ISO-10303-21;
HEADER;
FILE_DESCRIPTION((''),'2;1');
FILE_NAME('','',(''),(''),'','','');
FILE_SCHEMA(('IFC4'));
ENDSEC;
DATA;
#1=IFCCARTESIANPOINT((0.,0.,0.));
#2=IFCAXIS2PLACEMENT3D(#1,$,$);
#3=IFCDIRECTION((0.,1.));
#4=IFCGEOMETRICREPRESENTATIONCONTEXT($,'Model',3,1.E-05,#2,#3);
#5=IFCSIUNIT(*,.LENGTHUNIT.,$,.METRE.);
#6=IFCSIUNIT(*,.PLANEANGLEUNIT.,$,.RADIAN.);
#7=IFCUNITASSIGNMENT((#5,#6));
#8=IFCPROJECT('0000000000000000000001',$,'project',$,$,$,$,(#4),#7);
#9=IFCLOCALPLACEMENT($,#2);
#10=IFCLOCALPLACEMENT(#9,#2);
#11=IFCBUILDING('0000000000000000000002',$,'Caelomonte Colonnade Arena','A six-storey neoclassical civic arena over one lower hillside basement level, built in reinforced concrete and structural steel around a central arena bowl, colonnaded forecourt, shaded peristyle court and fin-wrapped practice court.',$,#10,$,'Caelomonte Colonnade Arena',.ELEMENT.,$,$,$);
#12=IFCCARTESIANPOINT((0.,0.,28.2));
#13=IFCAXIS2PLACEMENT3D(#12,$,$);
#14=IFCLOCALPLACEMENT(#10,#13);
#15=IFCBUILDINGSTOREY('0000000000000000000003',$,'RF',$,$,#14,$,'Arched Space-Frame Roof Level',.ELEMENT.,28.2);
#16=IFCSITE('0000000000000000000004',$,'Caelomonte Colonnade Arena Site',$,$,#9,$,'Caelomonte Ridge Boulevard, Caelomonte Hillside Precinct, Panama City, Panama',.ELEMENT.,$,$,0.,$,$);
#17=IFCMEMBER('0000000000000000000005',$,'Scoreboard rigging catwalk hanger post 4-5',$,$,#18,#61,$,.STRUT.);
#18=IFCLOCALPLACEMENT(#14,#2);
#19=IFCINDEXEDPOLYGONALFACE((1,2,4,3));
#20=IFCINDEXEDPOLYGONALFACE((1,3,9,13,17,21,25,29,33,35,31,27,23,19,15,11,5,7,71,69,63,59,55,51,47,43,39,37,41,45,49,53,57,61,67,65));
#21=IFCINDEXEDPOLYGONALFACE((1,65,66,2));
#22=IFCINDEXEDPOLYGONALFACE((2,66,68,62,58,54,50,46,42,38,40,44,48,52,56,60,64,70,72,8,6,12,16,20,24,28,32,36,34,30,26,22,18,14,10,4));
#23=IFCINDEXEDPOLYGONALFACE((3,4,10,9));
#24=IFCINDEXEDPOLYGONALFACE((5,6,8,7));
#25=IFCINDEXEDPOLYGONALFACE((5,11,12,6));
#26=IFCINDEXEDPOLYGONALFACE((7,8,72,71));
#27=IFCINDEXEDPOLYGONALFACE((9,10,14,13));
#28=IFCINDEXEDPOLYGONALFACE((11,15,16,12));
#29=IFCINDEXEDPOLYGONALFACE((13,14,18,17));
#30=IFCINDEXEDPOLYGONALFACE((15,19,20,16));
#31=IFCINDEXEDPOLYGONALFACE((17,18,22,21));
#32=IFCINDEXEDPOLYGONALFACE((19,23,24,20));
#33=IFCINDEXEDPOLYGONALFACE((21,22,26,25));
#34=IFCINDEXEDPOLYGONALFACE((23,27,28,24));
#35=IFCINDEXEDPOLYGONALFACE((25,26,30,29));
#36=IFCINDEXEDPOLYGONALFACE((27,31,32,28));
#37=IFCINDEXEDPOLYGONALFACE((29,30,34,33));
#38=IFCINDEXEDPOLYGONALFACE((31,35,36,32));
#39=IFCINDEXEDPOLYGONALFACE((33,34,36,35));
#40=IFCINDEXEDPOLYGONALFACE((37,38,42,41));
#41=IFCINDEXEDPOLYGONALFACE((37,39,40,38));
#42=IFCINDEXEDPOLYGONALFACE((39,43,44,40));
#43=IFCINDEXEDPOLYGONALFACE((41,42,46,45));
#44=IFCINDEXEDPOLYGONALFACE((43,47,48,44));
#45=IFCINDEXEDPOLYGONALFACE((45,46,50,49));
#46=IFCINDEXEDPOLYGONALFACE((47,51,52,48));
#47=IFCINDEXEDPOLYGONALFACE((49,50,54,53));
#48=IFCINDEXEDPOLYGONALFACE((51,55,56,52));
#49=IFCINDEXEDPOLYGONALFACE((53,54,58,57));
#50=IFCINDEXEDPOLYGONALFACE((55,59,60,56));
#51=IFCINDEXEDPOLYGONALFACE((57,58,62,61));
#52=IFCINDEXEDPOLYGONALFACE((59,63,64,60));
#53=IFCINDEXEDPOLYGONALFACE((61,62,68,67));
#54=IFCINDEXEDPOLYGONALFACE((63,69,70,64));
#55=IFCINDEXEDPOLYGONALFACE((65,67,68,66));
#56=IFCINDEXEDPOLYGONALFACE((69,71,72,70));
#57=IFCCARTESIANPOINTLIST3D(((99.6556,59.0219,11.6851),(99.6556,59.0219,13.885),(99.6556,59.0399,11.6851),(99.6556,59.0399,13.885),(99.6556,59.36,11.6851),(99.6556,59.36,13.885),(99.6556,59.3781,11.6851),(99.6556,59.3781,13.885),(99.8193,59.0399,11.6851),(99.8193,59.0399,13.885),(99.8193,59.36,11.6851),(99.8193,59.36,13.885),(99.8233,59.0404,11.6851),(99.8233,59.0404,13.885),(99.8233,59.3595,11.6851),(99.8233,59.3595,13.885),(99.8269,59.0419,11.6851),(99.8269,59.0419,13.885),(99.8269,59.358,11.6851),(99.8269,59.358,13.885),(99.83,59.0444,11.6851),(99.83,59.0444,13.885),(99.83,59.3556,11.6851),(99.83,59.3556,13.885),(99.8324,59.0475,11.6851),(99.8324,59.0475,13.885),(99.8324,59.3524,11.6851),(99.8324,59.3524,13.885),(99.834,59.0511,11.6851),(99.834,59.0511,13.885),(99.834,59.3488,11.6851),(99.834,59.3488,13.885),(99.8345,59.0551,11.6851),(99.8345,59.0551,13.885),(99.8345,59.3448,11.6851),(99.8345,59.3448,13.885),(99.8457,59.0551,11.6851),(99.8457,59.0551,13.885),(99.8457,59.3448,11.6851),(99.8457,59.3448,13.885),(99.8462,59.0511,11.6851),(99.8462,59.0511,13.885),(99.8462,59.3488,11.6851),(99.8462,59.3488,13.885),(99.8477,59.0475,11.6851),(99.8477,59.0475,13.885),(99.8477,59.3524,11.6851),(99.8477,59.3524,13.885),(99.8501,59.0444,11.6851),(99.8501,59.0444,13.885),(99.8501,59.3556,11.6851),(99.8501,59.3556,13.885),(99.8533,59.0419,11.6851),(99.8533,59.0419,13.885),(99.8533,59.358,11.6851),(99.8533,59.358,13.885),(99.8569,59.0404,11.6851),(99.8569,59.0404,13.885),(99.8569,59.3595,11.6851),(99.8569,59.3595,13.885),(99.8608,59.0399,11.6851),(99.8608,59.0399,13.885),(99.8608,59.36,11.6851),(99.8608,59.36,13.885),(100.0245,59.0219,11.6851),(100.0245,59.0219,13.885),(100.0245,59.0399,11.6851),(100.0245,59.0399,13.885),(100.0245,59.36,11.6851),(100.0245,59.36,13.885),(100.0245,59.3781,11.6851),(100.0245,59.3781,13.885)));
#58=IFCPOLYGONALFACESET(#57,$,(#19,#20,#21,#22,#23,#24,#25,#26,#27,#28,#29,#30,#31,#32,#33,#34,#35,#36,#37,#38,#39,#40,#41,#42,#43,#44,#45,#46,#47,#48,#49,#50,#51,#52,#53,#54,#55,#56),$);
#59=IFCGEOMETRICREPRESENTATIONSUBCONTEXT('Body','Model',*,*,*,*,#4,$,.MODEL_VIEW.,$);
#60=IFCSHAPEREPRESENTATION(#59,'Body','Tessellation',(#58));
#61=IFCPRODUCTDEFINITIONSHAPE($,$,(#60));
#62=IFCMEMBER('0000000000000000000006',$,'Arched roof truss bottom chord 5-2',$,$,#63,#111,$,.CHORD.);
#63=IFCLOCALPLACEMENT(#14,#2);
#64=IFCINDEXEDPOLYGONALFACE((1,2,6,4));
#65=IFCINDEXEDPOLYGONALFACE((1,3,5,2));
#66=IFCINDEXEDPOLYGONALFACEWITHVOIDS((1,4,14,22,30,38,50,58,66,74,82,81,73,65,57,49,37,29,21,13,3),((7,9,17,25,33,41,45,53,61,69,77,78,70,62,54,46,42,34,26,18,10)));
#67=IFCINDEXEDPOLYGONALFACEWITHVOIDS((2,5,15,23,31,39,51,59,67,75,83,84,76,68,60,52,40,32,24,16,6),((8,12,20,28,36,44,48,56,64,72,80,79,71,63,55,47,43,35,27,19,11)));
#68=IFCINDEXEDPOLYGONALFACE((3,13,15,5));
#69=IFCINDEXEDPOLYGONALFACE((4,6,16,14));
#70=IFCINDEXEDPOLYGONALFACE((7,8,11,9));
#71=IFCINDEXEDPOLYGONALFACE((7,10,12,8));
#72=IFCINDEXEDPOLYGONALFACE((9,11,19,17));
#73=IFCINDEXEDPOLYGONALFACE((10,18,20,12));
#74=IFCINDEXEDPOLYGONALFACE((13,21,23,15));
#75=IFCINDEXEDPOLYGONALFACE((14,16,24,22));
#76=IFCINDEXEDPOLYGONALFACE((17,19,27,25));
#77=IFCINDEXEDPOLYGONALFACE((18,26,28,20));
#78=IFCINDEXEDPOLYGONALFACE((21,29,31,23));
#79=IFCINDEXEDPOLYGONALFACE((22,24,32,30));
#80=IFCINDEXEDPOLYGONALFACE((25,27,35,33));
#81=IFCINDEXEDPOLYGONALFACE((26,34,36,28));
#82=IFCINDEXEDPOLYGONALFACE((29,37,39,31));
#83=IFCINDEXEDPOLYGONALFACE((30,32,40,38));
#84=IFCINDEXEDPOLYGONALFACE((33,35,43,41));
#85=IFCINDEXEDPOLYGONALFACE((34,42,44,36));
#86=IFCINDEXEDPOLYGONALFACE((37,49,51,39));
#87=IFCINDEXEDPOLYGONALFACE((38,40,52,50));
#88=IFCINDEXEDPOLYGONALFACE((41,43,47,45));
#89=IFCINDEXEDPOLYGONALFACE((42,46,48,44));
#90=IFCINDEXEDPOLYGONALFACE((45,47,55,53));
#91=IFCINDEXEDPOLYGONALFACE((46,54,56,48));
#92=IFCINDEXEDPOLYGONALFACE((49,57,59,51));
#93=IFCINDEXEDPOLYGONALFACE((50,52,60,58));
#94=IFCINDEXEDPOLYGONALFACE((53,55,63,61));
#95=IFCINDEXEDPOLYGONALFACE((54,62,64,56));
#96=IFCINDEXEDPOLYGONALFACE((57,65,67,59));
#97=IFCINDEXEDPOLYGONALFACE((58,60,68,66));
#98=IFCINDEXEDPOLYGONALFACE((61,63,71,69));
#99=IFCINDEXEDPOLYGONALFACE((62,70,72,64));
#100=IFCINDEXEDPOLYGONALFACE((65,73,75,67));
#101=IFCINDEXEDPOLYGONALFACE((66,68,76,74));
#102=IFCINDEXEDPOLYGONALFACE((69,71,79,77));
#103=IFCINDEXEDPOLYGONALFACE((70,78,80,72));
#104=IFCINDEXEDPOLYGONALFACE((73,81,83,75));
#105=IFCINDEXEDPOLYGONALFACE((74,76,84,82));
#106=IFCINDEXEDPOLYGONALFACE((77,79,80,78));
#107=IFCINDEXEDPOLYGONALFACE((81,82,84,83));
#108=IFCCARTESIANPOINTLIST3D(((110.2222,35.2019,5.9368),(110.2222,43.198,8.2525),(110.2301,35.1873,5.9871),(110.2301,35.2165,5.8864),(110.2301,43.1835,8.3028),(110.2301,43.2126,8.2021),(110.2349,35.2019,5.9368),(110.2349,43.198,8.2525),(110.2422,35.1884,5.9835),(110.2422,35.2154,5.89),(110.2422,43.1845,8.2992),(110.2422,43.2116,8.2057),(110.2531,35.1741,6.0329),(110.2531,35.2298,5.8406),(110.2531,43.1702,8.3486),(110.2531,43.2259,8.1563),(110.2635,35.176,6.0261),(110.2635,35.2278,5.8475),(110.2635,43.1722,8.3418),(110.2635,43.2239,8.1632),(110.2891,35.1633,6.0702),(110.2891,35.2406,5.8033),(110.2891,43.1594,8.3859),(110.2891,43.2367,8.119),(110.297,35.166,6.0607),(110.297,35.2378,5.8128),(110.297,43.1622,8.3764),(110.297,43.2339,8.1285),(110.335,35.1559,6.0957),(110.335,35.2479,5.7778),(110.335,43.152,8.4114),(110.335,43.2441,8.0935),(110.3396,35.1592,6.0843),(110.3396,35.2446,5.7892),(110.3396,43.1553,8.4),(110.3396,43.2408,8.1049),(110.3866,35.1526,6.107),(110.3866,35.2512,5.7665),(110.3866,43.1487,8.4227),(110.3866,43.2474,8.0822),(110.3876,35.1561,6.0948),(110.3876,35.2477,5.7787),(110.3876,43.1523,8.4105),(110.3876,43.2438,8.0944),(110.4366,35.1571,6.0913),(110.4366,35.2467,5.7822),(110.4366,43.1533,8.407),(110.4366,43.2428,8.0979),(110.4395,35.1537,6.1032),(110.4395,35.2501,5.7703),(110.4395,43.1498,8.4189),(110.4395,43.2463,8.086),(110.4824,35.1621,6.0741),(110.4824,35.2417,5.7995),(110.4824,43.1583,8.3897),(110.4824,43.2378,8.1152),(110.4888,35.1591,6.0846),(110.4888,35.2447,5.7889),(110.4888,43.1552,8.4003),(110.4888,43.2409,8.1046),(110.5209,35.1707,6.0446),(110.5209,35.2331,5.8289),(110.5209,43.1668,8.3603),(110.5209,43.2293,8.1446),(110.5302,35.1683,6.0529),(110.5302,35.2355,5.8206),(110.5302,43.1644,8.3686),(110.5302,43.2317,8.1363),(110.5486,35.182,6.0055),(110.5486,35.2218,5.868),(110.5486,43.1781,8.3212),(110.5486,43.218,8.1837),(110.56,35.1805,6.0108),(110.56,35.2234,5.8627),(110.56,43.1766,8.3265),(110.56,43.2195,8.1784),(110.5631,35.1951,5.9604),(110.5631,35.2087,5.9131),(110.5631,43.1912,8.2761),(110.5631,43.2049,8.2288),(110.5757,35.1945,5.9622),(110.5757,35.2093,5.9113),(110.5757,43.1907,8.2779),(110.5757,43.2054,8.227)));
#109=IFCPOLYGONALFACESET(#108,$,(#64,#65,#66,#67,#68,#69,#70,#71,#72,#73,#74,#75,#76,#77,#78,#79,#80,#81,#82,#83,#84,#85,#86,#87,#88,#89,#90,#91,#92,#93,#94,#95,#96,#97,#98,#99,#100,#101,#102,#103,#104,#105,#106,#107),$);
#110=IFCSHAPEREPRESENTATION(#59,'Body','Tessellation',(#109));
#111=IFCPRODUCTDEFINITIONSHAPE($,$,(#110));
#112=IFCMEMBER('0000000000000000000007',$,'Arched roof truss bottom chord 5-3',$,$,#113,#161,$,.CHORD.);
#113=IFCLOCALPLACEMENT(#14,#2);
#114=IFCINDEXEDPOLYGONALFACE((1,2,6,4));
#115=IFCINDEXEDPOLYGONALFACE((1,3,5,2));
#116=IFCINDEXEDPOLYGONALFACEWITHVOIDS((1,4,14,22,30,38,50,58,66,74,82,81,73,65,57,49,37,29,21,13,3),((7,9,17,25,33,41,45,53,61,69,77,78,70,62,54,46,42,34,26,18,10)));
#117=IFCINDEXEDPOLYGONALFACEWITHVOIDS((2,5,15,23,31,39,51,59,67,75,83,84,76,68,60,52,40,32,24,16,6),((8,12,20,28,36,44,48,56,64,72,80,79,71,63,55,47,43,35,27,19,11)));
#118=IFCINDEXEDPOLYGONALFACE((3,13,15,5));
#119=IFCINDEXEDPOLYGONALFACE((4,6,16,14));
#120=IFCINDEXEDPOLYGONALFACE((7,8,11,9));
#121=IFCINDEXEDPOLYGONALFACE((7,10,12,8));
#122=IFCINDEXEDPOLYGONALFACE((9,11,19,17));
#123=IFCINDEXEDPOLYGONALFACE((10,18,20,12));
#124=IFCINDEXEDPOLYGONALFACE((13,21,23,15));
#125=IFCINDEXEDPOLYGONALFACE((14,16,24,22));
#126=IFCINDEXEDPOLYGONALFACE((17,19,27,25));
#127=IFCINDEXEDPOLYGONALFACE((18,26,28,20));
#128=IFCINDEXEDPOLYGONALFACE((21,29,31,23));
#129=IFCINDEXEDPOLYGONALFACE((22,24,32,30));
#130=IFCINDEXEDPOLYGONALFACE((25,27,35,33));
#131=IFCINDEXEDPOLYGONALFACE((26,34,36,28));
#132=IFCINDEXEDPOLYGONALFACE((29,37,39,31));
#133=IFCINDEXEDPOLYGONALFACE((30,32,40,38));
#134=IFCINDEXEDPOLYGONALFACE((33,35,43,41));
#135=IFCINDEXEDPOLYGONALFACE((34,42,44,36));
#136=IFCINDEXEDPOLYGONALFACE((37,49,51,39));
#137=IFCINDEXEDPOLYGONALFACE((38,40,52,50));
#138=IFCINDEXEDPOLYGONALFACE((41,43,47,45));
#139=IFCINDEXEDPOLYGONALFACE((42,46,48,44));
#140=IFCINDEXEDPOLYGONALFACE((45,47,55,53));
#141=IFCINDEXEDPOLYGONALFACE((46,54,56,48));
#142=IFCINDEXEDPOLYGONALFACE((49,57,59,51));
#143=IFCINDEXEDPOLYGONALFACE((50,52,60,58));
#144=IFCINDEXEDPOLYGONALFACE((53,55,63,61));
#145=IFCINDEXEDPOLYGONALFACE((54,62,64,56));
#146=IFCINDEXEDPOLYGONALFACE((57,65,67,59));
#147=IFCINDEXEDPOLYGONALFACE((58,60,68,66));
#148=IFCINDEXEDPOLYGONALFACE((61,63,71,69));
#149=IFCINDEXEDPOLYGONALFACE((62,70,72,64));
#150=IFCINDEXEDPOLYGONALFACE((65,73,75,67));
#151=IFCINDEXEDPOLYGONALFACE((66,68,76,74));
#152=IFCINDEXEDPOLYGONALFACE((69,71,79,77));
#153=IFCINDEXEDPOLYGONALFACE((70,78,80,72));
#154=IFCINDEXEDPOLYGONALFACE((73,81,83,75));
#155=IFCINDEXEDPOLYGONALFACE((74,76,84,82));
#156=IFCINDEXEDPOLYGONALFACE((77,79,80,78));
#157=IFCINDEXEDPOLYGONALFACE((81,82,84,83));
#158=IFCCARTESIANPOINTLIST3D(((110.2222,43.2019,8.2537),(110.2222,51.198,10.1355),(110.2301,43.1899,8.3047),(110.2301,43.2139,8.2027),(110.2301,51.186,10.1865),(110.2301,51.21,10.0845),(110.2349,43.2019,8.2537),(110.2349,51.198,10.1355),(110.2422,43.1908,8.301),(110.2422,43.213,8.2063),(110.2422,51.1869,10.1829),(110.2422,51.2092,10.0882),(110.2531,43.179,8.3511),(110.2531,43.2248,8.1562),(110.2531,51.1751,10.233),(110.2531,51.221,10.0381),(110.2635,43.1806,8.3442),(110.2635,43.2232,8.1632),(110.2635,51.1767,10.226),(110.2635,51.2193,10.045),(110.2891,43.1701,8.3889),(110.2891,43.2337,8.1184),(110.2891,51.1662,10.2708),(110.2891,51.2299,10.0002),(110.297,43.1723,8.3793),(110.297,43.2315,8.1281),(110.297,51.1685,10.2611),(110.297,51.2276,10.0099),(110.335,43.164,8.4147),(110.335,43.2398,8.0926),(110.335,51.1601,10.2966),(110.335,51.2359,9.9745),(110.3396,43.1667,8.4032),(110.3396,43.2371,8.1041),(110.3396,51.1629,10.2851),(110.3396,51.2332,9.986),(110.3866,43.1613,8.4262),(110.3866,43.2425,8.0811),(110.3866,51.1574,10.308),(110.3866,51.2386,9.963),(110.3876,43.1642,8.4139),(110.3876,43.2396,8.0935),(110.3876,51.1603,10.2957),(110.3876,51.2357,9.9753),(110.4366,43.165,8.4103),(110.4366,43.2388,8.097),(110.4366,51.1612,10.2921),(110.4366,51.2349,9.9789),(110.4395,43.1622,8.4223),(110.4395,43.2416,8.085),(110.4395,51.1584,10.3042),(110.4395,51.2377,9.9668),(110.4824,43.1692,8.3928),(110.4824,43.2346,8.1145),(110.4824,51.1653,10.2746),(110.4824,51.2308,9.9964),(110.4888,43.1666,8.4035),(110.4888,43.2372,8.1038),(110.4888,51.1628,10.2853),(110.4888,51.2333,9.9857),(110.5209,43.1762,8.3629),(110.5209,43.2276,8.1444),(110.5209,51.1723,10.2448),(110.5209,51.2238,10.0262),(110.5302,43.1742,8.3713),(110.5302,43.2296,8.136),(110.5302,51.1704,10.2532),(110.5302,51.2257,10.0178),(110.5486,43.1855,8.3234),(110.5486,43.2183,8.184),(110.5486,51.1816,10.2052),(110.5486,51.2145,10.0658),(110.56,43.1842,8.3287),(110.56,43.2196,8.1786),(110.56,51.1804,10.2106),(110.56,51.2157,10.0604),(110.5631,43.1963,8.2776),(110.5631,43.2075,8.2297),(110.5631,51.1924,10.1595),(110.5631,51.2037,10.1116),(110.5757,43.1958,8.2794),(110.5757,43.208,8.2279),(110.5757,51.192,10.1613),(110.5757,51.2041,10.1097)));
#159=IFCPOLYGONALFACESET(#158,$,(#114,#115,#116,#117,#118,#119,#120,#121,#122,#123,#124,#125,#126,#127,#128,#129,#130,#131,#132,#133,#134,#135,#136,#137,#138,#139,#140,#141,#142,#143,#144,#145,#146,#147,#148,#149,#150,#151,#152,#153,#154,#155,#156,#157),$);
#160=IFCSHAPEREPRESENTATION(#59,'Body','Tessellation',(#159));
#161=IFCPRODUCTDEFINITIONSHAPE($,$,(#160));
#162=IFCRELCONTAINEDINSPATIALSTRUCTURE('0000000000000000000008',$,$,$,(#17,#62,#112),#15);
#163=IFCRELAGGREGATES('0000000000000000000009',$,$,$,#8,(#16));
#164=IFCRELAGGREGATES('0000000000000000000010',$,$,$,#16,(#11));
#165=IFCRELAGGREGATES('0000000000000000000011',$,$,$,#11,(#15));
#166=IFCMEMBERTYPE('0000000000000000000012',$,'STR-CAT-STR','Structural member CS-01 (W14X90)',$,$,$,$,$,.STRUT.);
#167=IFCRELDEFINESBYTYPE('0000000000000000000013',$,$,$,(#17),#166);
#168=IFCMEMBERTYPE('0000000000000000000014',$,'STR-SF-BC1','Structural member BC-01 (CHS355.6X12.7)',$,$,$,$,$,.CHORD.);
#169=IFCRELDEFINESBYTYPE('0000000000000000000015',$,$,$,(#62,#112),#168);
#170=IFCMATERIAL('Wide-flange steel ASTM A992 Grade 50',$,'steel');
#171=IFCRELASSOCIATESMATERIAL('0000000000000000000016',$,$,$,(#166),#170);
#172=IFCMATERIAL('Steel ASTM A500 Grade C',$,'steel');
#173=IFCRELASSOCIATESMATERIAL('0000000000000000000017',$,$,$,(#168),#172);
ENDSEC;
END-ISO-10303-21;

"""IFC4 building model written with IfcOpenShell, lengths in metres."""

from ifc_helpers import new_model, si_unit, direction, frame, origin, origin_2d, place, context, subcontext, project, spatial, hollow_circle, i_section, extrude, material, material_profile, profile_set, type_object, element, save


model = new_model("IFC4")

# Units and contexts
model_context = context("Model", 3, precision=1e-05, world=origin(), true_north=direction((0.0, 1.0)))
body_context = subcontext(model_context, "Body", "Model", "MODEL_VIEW")
ifc_project = project(units=[si_unit("LENGTHUNIT", "METRE"), si_unit("PLANEANGLEUNIT", "RADIAN")], contexts=[model_context])

# Site, building, storey
site_placement = place(None, origin())
site = spatial("IfcSite", under=ifc_project, at=site_placement, Name="Caelomonte Colonnade Arena Site", LongName="Caelomonte Ridge Boulevard, Caelomonte Hillside Precinct, Panama City, Panama", CompositionType="ELEMENT", RefElevation=0.0)
building_placement = place(site_placement, origin())
building = spatial("IfcBuilding", under=site, at=building_placement, Name="Caelomonte Colonnade Arena", Description="A six-storey neoclassical civic arena over one lower hillside basement level, built in reinforced concrete and structural steel around a central arena bowl, colonnaded forecourt, shaded peristyle court and fin-wrapped practice court.", LongName="Caelomonte Colonnade Arena", CompositionType="ELEMENT")
storey_placement = place(building_placement, frame((0.0, 0.0, 28.2)))
storey = spatial("IfcBuildingStorey", under=building, at=storey_placement, Name="RF", LongName="Arched Space-Frame Roof Level", CompositionType="ELEMENT", Elevation=28.2)

# Members
ifc_material_1 = material(Name="Wide-flange steel ASTM A992 Grade 50", Category="steel")
ifc_material_profile_1 = material_profile(ifc_material_1, i_section(OverallWidth=0.3689, OverallDepth=0.3562, WebThickness=0.0112, FlangeThickness=0.0181, FilletRadius=0.0151, at=origin_2d()), Name="W14X90")
ifc_profile_set_1 = profile_set([ifc_material_profile_1], Name="Wide-flange steel ASTM A992 Grade 50")
member_type_1 = type_object("IfcMemberType", Name="STR-CAT-STR", Description="Structural member CS-01 (W14X90)", PredefinedType="STRUT", material=ifc_profile_set_1)
member_1_placement = place(storey_placement, frame((99.8401, 59.2, 11.6851), z_axis=(0.0, 0.0, 1.0), x_axis=(1.0, 0.0, 0.0)))
element("IfcMember", 1, at=member_1_placement, inside=storey, type_object=member_type_1, Name="Scoreboard rigging catwalk hanger post 4-5", PredefinedType="STRUT", context=body_context, shape_type="SweptSolid", body=[
    extrude(i_section(OverallWidth=0.3689, OverallDepth=0.3562, WebThickness=0.0112, FlangeThickness=0.0181, FilletRadius=0.0151, at=origin_2d()), origin(), (0.0, 0.0, 1.0), 2.2),
])
ifc_material_2 = material(Name="Steel ASTM A500 Grade C", Category="steel")
ifc_material_profile_2 = material_profile(ifc_material_2, hollow_circle(Radius=0.1777, WallThickness=0.0127, at=origin_2d()), Name="CHS355.6X12.7")
ifc_profile_set_2 = profile_set([ifc_material_profile_2], Name="Steel ASTM A500 Grade C")
member_type_2 = type_object("IfcMemberType", Name="STR-SF-BC1", Description="Structural member BC-01 (CHS355.6X12.7)", PredefinedType="CHORD", material=ifc_profile_set_2)
member_2_placement = place(storey_placement, frame((110.3999, 35.2019, 5.9368), z_axis=(0.0, 0.960532, 0.278171), x_axis=(-1.0, 0.0, 0.0)))
element("IfcMember", 2, at=member_2_placement, inside=storey, type_object=member_type_2, Name="Arched roof truss bottom chord 5-2", PredefinedType="CHORD", context=body_context, shape_type="SweptSolid", body=[
    extrude(hollow_circle(Radius=0.1777, WallThickness=0.0127, at=origin_2d()), origin(), (0.0, 0.0, 1.0), 8.3247),
])
member_3_placement = place(storey_placement, frame((110.3999, 43.2019, 8.2537), z_axis=(0.0, 0.973406, 0.229086), x_axis=(-1.0, 0.0, 0.0)))
element("IfcMember", 3, at=member_3_placement, inside=storey, type_object=member_type_2, Name="Arched roof truss bottom chord 5-3", PredefinedType="CHORD", context=body_context, shape_type="SweptSolid", body=[
    extrude(hollow_circle(Radius=0.1777, WallThickness=0.0127, at=origin_2d()), origin(), (0.0, 0.0, 1.0), 8.2146),
])

save(model, "model.ifc")
